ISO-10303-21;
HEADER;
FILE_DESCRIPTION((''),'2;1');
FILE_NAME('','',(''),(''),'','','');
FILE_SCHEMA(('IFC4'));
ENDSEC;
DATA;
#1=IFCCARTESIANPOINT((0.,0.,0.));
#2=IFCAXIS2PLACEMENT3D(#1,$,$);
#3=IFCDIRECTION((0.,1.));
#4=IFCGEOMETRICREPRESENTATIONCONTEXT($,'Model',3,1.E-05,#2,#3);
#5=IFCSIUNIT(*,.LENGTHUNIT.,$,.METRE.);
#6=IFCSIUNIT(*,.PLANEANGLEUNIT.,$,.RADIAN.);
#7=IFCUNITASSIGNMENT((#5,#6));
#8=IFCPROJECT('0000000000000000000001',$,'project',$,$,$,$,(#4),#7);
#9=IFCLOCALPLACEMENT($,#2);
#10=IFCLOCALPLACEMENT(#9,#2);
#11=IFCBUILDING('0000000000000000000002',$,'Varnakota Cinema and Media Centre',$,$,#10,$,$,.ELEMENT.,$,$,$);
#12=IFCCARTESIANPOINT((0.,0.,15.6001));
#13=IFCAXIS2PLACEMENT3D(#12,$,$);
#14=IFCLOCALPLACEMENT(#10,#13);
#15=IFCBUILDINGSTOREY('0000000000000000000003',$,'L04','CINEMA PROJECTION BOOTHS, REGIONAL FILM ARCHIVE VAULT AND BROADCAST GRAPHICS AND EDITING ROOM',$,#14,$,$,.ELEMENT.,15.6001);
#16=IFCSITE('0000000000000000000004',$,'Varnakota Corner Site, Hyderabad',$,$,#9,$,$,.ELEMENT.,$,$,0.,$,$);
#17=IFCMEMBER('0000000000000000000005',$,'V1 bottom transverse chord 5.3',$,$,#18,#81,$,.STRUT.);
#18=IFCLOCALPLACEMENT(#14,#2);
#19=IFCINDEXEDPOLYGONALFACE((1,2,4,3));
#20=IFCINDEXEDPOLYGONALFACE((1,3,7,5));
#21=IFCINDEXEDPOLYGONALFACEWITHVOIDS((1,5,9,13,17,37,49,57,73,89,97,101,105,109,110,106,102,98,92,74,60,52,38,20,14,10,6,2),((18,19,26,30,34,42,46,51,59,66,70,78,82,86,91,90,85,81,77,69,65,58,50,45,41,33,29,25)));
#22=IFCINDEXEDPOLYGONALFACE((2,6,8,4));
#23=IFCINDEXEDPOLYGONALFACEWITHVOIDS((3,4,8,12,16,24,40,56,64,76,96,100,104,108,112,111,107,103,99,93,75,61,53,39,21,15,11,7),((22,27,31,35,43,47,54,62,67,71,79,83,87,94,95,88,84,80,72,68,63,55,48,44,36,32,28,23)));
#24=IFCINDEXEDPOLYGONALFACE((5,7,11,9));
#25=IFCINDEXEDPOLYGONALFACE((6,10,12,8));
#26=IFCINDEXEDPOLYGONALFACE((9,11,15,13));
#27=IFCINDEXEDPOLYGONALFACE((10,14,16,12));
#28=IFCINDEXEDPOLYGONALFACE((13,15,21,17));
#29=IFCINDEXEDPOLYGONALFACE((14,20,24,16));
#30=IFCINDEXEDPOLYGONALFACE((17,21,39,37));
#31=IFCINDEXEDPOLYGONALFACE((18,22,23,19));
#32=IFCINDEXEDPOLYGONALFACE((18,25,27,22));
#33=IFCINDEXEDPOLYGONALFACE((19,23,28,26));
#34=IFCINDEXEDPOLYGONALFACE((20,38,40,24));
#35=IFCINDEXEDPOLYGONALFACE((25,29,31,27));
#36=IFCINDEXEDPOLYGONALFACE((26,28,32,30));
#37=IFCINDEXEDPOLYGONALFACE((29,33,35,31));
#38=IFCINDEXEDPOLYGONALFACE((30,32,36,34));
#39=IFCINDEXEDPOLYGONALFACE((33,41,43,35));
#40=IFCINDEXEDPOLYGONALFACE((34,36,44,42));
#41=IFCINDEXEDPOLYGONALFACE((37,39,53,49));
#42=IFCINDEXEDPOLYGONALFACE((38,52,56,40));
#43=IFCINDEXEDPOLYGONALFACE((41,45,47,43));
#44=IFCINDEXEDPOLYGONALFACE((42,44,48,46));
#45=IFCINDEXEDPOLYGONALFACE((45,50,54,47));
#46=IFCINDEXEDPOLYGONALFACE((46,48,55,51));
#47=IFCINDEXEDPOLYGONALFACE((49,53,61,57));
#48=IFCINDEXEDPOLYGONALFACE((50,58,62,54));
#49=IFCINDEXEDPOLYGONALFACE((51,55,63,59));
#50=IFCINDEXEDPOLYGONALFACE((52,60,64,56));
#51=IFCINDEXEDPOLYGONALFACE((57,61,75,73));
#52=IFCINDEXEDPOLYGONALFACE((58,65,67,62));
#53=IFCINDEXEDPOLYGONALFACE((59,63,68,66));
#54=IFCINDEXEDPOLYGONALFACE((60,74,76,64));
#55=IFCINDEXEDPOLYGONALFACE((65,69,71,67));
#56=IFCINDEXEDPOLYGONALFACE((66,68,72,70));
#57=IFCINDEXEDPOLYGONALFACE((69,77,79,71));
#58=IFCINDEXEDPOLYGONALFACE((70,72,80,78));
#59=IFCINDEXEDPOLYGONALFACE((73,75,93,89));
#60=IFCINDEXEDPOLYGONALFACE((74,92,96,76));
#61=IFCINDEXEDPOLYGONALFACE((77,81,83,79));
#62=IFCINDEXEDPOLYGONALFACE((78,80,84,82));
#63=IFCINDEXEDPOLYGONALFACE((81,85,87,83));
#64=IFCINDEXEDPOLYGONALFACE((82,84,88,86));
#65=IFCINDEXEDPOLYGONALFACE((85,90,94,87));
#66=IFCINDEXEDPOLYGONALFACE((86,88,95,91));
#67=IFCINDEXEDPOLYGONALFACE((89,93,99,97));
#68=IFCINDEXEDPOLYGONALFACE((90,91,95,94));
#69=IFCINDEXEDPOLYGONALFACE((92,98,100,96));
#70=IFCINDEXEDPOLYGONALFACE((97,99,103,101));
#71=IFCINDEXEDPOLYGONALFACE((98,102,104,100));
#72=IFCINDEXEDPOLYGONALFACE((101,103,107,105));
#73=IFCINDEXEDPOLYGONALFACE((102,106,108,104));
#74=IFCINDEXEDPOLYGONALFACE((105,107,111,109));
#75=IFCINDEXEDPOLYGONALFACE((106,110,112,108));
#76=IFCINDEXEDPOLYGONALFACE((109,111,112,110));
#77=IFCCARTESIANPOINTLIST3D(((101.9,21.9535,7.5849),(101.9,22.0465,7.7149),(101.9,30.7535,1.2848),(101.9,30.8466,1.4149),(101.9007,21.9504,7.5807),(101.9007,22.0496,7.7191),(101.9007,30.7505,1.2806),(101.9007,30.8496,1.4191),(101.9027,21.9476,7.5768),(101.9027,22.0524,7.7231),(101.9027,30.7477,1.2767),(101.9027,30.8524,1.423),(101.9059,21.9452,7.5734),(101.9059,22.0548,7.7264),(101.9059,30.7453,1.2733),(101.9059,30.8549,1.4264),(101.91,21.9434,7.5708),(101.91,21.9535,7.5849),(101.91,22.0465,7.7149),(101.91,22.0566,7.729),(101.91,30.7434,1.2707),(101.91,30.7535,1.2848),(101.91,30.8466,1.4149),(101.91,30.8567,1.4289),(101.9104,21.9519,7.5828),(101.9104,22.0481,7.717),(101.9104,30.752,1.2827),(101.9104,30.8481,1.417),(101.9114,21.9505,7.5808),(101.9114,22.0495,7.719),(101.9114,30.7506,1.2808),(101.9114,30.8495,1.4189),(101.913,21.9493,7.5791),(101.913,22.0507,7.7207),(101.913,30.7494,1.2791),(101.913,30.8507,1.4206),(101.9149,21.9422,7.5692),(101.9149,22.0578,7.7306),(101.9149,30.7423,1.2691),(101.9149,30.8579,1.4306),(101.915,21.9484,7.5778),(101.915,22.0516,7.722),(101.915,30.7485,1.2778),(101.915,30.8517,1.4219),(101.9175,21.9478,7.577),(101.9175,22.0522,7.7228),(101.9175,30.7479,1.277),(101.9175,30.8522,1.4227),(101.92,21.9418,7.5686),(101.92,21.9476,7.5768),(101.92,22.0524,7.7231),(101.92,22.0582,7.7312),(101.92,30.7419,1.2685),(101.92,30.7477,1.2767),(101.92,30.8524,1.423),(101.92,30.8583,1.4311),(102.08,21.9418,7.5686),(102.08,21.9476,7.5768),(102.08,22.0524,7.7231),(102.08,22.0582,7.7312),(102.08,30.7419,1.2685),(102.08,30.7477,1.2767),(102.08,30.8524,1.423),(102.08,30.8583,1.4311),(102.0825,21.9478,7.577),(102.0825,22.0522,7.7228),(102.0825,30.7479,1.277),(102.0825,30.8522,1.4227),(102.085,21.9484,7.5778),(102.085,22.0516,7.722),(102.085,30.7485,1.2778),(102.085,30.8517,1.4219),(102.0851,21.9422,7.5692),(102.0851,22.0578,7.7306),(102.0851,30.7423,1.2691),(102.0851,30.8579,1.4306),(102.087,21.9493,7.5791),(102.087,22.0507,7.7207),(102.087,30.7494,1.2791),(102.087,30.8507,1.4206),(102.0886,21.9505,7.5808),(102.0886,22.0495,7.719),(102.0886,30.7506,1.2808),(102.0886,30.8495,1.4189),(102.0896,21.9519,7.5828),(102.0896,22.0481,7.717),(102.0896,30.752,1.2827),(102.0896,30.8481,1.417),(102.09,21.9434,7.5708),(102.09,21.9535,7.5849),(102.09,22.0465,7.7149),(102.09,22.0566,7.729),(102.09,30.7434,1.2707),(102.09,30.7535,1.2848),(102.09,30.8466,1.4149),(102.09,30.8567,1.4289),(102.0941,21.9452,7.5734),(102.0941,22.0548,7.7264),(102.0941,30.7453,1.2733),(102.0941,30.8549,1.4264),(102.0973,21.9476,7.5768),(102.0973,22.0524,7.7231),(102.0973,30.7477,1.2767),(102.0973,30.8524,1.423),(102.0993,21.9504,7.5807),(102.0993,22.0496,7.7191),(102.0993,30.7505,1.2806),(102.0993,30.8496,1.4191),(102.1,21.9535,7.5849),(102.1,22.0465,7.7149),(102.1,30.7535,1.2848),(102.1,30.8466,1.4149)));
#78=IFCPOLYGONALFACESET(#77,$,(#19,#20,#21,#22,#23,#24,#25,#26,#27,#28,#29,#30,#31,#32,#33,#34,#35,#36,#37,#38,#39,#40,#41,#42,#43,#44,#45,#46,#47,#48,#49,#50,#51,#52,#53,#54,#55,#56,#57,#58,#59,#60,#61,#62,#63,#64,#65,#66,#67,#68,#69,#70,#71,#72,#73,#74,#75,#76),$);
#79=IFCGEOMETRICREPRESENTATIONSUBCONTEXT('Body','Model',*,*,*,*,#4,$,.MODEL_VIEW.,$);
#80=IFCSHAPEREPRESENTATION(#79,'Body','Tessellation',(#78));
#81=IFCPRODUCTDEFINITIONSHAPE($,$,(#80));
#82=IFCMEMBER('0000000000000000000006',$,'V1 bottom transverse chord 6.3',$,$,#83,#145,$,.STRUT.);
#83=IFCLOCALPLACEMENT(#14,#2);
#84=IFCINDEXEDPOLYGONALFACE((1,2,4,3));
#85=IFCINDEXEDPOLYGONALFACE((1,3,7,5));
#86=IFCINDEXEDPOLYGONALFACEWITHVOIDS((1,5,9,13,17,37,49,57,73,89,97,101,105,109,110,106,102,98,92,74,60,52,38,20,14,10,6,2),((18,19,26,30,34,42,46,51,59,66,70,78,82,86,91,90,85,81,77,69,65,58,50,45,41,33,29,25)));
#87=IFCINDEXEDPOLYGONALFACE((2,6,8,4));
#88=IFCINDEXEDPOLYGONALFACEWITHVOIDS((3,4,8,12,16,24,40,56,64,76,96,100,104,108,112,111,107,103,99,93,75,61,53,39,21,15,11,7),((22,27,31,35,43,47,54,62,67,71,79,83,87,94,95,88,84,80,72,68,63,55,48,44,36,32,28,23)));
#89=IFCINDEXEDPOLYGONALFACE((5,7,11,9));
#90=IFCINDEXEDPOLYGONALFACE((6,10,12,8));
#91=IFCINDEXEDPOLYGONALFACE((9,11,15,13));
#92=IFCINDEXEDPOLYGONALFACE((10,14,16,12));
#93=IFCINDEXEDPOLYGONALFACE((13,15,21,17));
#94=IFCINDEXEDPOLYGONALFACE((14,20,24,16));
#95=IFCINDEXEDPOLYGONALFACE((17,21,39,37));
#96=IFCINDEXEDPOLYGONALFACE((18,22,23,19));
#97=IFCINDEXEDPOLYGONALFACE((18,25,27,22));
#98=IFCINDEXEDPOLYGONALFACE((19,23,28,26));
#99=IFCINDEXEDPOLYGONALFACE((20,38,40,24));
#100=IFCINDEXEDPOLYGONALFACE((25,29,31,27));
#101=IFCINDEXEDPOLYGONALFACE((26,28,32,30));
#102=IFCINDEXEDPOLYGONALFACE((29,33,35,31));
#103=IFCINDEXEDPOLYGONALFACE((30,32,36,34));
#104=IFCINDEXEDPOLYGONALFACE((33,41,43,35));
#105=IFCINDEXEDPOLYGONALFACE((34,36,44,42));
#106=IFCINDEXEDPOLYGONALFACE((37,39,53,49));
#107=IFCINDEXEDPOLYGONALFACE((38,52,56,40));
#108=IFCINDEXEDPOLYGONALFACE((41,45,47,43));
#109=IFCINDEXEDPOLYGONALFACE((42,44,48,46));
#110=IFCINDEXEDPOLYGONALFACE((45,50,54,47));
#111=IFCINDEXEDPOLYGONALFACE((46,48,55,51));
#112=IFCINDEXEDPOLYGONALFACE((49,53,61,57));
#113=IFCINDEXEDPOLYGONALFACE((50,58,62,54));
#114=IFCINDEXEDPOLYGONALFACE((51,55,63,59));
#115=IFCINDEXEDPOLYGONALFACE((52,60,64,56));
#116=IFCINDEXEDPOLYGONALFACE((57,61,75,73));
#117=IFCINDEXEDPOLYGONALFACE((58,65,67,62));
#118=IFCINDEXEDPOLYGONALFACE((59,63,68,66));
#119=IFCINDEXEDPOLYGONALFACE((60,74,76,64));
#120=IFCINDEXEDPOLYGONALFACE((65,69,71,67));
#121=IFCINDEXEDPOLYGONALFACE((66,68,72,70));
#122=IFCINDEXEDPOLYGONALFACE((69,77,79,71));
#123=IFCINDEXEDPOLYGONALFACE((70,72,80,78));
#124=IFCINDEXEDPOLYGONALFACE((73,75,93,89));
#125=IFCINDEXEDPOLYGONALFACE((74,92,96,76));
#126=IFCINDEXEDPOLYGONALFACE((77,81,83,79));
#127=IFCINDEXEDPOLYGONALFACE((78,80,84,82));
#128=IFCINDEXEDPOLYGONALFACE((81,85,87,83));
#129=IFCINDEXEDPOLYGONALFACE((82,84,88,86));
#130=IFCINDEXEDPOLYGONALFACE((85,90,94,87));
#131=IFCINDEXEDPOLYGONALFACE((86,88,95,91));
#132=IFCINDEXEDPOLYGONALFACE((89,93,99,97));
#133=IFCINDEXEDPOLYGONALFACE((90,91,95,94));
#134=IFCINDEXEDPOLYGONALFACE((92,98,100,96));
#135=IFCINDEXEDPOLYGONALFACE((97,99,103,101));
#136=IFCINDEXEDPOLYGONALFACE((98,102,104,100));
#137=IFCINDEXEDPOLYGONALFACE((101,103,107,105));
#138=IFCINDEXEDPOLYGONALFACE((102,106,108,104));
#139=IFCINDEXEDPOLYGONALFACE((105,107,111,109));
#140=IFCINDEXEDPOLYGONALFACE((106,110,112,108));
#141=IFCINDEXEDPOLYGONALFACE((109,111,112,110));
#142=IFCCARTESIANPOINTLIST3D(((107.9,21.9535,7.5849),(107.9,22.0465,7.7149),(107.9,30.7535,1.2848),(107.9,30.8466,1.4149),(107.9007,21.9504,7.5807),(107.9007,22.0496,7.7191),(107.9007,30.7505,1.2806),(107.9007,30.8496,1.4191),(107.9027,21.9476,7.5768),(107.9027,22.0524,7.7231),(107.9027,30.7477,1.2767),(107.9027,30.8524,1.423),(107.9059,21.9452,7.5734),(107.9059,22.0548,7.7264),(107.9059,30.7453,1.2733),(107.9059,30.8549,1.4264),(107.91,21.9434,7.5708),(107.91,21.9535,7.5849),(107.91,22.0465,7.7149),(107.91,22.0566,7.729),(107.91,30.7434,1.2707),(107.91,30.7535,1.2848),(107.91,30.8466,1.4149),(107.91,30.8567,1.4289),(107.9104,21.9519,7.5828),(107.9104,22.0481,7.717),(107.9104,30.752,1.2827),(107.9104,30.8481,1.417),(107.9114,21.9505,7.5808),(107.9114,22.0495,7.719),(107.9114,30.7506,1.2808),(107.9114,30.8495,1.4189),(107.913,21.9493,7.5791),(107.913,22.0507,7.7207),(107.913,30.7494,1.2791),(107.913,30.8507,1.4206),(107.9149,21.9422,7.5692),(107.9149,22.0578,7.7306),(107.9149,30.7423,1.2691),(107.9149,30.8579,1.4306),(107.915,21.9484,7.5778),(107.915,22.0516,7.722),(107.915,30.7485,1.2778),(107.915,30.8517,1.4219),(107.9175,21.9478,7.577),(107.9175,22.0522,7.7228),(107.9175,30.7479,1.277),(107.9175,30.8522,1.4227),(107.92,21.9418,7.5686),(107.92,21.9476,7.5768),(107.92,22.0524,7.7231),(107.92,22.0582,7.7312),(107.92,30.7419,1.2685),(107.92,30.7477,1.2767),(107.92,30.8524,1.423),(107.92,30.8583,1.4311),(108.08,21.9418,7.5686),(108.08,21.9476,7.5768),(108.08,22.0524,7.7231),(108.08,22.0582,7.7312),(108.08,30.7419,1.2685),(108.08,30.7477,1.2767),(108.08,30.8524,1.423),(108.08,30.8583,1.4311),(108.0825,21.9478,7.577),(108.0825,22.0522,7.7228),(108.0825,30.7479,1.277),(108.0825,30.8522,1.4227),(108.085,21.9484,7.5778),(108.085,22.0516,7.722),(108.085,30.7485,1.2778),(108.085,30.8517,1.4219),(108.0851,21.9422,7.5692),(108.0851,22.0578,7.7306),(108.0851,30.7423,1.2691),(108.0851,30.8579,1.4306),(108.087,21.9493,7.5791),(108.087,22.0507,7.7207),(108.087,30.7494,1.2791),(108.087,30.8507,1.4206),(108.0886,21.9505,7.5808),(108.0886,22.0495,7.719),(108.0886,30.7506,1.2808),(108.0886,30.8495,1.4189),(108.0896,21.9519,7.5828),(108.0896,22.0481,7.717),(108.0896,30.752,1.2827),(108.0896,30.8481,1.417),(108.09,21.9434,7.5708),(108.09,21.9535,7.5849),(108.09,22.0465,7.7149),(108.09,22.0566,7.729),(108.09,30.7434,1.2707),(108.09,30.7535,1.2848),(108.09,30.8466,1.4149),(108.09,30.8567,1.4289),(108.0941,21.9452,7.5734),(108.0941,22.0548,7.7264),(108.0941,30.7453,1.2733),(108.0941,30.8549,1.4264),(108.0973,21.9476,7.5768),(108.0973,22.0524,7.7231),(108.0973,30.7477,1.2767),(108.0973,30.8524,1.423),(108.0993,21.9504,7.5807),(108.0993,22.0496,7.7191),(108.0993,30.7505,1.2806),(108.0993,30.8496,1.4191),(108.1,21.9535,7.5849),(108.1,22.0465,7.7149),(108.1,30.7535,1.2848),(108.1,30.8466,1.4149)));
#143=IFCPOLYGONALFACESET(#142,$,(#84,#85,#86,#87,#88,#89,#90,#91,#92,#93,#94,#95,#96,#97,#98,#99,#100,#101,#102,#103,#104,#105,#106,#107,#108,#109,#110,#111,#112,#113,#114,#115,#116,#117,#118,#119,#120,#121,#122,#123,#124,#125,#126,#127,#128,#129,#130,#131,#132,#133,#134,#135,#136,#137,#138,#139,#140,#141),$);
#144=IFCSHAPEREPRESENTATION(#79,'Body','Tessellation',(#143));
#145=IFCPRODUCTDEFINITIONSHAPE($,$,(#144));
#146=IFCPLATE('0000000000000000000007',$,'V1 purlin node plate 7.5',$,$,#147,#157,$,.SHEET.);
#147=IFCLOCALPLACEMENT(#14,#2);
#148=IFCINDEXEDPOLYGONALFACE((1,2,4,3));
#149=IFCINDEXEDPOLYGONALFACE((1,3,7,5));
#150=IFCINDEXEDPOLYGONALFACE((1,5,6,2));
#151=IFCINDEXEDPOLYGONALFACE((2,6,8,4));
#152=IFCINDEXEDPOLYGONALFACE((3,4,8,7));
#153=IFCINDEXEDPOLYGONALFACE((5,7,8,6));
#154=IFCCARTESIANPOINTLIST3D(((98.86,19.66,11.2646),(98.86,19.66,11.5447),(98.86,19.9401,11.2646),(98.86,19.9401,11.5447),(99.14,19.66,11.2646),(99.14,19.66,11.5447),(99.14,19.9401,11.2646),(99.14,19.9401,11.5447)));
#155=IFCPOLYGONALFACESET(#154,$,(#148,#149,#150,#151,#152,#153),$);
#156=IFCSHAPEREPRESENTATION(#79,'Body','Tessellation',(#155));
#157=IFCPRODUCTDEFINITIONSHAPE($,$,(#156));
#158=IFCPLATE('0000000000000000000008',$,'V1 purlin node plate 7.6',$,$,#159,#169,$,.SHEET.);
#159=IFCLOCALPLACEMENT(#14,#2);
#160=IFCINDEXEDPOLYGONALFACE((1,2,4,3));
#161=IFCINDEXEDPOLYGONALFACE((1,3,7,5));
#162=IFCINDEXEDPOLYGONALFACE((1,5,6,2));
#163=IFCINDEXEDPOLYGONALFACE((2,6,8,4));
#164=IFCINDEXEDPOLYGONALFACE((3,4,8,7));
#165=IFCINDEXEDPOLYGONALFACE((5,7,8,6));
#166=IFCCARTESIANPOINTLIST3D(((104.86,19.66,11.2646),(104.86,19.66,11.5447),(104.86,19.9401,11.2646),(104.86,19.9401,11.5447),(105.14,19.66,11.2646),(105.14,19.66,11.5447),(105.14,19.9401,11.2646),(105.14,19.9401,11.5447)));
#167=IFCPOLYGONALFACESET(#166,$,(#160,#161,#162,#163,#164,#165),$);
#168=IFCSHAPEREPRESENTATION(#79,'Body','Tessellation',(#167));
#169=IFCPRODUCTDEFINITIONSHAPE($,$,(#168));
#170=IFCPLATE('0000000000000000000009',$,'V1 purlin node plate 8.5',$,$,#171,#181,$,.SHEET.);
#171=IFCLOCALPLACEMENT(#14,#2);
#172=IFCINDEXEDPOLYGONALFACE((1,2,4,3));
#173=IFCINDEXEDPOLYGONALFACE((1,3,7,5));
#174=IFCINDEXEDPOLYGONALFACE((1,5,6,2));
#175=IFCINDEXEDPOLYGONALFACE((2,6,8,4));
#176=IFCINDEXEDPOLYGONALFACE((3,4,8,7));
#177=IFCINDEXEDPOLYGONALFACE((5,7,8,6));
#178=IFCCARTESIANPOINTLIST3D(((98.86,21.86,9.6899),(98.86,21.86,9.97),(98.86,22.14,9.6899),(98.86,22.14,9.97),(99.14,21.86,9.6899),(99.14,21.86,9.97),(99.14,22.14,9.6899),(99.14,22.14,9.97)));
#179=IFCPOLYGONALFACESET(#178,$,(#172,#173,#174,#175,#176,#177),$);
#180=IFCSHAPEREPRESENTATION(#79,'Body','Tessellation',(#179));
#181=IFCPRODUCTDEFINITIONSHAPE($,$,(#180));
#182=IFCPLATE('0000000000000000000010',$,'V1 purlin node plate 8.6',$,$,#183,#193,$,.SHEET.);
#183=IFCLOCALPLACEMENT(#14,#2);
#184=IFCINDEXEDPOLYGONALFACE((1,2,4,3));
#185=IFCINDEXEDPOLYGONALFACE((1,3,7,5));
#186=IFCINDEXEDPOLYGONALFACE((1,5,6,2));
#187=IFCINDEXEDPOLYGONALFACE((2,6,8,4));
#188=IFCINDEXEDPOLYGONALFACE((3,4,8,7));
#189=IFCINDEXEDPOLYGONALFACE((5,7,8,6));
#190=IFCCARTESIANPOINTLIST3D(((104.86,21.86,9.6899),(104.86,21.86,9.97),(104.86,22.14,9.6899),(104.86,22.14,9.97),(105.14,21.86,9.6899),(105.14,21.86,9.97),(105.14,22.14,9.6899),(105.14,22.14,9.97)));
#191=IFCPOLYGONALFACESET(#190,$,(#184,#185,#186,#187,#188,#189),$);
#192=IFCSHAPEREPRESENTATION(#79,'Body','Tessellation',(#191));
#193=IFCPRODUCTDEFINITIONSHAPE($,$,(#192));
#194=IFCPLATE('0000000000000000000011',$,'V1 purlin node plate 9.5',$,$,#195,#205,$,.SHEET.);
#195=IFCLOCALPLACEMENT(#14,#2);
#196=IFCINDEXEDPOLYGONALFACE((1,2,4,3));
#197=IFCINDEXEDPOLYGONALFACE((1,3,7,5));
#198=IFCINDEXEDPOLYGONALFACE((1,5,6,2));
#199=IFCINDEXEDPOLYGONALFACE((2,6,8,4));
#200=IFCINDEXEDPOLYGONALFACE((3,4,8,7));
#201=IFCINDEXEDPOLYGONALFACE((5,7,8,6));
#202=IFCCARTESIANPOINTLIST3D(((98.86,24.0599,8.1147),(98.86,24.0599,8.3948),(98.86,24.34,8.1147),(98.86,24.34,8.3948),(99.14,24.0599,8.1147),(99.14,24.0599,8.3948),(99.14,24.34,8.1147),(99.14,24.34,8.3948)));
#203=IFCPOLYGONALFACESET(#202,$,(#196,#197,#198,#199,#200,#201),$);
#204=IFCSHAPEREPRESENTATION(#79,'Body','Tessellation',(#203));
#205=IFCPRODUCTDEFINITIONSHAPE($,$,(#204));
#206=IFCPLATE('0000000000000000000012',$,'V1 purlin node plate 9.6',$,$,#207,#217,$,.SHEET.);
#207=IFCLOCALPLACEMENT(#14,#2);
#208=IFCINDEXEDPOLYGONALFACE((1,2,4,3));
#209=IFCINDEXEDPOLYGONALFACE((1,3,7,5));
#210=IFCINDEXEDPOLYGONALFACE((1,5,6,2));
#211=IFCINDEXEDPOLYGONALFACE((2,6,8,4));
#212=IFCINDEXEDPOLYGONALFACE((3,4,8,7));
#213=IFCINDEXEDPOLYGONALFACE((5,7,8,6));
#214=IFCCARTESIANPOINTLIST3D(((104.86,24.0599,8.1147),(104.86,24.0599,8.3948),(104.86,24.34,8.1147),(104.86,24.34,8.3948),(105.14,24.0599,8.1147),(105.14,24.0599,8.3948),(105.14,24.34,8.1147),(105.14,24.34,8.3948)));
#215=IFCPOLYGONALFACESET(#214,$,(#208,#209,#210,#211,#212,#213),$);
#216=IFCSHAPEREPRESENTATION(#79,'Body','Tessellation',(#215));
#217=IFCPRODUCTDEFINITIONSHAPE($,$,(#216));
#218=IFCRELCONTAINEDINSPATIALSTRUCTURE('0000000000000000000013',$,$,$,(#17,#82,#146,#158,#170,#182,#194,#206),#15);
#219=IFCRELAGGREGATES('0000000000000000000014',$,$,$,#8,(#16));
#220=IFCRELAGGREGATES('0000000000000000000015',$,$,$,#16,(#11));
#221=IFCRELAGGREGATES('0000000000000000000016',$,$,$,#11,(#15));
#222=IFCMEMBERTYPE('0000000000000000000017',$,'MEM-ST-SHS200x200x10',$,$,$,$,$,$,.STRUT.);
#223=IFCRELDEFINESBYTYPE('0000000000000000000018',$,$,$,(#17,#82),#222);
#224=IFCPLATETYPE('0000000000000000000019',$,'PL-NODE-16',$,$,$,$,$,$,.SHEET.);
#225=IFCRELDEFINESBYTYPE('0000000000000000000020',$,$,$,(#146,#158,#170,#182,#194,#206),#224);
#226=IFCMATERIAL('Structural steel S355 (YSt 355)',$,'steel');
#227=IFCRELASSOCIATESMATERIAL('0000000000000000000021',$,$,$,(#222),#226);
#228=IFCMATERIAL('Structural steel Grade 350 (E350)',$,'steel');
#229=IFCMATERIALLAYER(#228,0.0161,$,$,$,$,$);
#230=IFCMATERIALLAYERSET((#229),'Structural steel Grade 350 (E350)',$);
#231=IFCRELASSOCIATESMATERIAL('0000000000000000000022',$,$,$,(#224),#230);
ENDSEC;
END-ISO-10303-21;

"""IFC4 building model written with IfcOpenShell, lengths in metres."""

from ifc_helpers import new_model, si_unit, direction, frame, origin, origin_2d, place, context, subcontext, project, spatial, rectangle, hollow_rectangle, extrude, material, layer, layer_set, material_profile, profile_set, type_object, element, save


model = new_model("IFC4")

# Units and contexts
model_context = context("Model", 3, precision=1e-05, world=origin(), true_north=direction((0.0, 1.0)))
body_context = subcontext(model_context, "Body", "Model", "MODEL_VIEW")
ifc_project = project(units=[si_unit("LENGTHUNIT", "METRE"), si_unit("PLANEANGLEUNIT", "RADIAN")], contexts=[model_context])

# Site, building, storey
site_placement = place(None, origin())
site = spatial("IfcSite", under=ifc_project, at=site_placement, Name="Varnakota Corner Site, Hyderabad", CompositionType="ELEMENT", RefElevation=0.0)
building_placement = place(site_placement, origin())
building = spatial("IfcBuilding", under=site, at=building_placement, Name="Varnakota Cinema and Media Centre", CompositionType="ELEMENT")
storey_placement = place(building_placement, frame((0.0, 0.0, 15.6001)))
storey = spatial("IfcBuildingStorey", under=building, at=storey_placement, Name="L04", Description="CINEMA PROJECTION BOOTHS, REGIONAL FILM ARCHIVE VAULT AND BROADCAST GRAPHICS AND EDITING ROOM", CompositionType="ELEMENT", Elevation=15.6001)

# Members
ifc_material_1 = material(Name="Structural steel S355 (YSt 355)", Category="steel")
ifc_material_profile_1 = material_profile(ifc_material_1, hollow_rectangle(XDim=0.2, YDim=0.2, WallThickness=0.01, InnerFilletRadius=0.01, OuterFilletRadius=0.02, at=origin_2d()), Name="SHS 200x200x10")
ifc_profile_set_1 = profile_set([ifc_material_profile_1], Name="Structural steel S355 (YSt 355)")
member_type_1 = type_object("IfcMemberType", Name="MEM-ST-SHS200x200x10", PredefinedType="STRUT", material=ifc_profile_set_1)
for number, where, z_axis, x_axis, name in (
    (1, (102.0, 22.0, 7.6499), (0.0, 0.813108, -0.582113), (-1.0, 0.0, 0.0), "V1 bottom transverse chord 5.3"),
    (2, (108.0, 22.0, 7.6499), (0.0, 0.813108, -0.582113), (-1.0, 0.0, 0.0), "V1 bottom transverse chord 6.3"),
):
    element("IfcMember", number, at=place(storey_placement, frame(where, z_axis=z_axis, x_axis=x_axis)), inside=storey, type_object=member_type_1, Name=name, PredefinedType="STRUT", context=body_context, shape_type="SweptSolid", body=[
        extrude(hollow_rectangle(XDim=0.2, YDim=0.2, WallThickness=0.01, InnerFilletRadius=0.01, OuterFilletRadius=0.02, at=origin_2d()), origin(), (0.0, 0.0, 1.0), 10.8228),
    ])

# Plates
ifc_material_2 = material(Name="Structural steel Grade 350 (E350)", Category="steel")
ifc_layer_1 = layer(ifc_material_2, 0.0161)
ifc_layer_set_1 = layer_set([ifc_layer_1], Name="Structural steel Grade 350 (E350)")
plate_type_1 = type_object("IfcPlateType", Name="PL-NODE-16", PredefinedType="SHEET", material=ifc_layer_set_1)
for number, where, z_axis, x_axis, name in (
    (3, (99.0, 19.8, 11.2646), (0.0, 0.0, 1.0), (1.0, 0.0, 0.0), "V1 purlin node plate 7.5"),
    (4, (105.0, 19.8, 11.2646), (0.0, 0.0, 1.0), (1.0, 0.0, 0.0), "V1 purlin node plate 7.6"),
    (5, (99.0, 22.0, 9.6899), (0.0, 0.0, 1.0), (1.0, 0.0, 0.0), "V1 purlin node plate 8.5"),
    (6, (105.0, 22.0, 9.6899), (0.0, 0.0, 1.0), (1.0, 0.0, 0.0), "V1 purlin node plate 8.6"),
    (7, (99.0, 24.2, 8.1147), (0.0, 0.0, 1.0), (1.0, 0.0, 0.0), "V1 purlin node plate 9.5"),
    (8, (105.0, 24.2, 8.1147), (0.0, 0.0, 1.0), (1.0, 0.0, 0.0), "V1 purlin node plate 9.6"),
):
    element("IfcPlate", number, at=place(storey_placement, frame(where, z_axis=z_axis, x_axis=x_axis)), inside=storey, type_object=plate_type_1, Name=name, PredefinedType="SHEET", context=body_context, shape_type="SweptSolid", body=[
        extrude(rectangle(XDim=0.28, YDim=0.28, at=origin_2d()), origin(), (0.0, 0.0, 1.0), 0.28),
    ])

save(model, "model.ifc")
